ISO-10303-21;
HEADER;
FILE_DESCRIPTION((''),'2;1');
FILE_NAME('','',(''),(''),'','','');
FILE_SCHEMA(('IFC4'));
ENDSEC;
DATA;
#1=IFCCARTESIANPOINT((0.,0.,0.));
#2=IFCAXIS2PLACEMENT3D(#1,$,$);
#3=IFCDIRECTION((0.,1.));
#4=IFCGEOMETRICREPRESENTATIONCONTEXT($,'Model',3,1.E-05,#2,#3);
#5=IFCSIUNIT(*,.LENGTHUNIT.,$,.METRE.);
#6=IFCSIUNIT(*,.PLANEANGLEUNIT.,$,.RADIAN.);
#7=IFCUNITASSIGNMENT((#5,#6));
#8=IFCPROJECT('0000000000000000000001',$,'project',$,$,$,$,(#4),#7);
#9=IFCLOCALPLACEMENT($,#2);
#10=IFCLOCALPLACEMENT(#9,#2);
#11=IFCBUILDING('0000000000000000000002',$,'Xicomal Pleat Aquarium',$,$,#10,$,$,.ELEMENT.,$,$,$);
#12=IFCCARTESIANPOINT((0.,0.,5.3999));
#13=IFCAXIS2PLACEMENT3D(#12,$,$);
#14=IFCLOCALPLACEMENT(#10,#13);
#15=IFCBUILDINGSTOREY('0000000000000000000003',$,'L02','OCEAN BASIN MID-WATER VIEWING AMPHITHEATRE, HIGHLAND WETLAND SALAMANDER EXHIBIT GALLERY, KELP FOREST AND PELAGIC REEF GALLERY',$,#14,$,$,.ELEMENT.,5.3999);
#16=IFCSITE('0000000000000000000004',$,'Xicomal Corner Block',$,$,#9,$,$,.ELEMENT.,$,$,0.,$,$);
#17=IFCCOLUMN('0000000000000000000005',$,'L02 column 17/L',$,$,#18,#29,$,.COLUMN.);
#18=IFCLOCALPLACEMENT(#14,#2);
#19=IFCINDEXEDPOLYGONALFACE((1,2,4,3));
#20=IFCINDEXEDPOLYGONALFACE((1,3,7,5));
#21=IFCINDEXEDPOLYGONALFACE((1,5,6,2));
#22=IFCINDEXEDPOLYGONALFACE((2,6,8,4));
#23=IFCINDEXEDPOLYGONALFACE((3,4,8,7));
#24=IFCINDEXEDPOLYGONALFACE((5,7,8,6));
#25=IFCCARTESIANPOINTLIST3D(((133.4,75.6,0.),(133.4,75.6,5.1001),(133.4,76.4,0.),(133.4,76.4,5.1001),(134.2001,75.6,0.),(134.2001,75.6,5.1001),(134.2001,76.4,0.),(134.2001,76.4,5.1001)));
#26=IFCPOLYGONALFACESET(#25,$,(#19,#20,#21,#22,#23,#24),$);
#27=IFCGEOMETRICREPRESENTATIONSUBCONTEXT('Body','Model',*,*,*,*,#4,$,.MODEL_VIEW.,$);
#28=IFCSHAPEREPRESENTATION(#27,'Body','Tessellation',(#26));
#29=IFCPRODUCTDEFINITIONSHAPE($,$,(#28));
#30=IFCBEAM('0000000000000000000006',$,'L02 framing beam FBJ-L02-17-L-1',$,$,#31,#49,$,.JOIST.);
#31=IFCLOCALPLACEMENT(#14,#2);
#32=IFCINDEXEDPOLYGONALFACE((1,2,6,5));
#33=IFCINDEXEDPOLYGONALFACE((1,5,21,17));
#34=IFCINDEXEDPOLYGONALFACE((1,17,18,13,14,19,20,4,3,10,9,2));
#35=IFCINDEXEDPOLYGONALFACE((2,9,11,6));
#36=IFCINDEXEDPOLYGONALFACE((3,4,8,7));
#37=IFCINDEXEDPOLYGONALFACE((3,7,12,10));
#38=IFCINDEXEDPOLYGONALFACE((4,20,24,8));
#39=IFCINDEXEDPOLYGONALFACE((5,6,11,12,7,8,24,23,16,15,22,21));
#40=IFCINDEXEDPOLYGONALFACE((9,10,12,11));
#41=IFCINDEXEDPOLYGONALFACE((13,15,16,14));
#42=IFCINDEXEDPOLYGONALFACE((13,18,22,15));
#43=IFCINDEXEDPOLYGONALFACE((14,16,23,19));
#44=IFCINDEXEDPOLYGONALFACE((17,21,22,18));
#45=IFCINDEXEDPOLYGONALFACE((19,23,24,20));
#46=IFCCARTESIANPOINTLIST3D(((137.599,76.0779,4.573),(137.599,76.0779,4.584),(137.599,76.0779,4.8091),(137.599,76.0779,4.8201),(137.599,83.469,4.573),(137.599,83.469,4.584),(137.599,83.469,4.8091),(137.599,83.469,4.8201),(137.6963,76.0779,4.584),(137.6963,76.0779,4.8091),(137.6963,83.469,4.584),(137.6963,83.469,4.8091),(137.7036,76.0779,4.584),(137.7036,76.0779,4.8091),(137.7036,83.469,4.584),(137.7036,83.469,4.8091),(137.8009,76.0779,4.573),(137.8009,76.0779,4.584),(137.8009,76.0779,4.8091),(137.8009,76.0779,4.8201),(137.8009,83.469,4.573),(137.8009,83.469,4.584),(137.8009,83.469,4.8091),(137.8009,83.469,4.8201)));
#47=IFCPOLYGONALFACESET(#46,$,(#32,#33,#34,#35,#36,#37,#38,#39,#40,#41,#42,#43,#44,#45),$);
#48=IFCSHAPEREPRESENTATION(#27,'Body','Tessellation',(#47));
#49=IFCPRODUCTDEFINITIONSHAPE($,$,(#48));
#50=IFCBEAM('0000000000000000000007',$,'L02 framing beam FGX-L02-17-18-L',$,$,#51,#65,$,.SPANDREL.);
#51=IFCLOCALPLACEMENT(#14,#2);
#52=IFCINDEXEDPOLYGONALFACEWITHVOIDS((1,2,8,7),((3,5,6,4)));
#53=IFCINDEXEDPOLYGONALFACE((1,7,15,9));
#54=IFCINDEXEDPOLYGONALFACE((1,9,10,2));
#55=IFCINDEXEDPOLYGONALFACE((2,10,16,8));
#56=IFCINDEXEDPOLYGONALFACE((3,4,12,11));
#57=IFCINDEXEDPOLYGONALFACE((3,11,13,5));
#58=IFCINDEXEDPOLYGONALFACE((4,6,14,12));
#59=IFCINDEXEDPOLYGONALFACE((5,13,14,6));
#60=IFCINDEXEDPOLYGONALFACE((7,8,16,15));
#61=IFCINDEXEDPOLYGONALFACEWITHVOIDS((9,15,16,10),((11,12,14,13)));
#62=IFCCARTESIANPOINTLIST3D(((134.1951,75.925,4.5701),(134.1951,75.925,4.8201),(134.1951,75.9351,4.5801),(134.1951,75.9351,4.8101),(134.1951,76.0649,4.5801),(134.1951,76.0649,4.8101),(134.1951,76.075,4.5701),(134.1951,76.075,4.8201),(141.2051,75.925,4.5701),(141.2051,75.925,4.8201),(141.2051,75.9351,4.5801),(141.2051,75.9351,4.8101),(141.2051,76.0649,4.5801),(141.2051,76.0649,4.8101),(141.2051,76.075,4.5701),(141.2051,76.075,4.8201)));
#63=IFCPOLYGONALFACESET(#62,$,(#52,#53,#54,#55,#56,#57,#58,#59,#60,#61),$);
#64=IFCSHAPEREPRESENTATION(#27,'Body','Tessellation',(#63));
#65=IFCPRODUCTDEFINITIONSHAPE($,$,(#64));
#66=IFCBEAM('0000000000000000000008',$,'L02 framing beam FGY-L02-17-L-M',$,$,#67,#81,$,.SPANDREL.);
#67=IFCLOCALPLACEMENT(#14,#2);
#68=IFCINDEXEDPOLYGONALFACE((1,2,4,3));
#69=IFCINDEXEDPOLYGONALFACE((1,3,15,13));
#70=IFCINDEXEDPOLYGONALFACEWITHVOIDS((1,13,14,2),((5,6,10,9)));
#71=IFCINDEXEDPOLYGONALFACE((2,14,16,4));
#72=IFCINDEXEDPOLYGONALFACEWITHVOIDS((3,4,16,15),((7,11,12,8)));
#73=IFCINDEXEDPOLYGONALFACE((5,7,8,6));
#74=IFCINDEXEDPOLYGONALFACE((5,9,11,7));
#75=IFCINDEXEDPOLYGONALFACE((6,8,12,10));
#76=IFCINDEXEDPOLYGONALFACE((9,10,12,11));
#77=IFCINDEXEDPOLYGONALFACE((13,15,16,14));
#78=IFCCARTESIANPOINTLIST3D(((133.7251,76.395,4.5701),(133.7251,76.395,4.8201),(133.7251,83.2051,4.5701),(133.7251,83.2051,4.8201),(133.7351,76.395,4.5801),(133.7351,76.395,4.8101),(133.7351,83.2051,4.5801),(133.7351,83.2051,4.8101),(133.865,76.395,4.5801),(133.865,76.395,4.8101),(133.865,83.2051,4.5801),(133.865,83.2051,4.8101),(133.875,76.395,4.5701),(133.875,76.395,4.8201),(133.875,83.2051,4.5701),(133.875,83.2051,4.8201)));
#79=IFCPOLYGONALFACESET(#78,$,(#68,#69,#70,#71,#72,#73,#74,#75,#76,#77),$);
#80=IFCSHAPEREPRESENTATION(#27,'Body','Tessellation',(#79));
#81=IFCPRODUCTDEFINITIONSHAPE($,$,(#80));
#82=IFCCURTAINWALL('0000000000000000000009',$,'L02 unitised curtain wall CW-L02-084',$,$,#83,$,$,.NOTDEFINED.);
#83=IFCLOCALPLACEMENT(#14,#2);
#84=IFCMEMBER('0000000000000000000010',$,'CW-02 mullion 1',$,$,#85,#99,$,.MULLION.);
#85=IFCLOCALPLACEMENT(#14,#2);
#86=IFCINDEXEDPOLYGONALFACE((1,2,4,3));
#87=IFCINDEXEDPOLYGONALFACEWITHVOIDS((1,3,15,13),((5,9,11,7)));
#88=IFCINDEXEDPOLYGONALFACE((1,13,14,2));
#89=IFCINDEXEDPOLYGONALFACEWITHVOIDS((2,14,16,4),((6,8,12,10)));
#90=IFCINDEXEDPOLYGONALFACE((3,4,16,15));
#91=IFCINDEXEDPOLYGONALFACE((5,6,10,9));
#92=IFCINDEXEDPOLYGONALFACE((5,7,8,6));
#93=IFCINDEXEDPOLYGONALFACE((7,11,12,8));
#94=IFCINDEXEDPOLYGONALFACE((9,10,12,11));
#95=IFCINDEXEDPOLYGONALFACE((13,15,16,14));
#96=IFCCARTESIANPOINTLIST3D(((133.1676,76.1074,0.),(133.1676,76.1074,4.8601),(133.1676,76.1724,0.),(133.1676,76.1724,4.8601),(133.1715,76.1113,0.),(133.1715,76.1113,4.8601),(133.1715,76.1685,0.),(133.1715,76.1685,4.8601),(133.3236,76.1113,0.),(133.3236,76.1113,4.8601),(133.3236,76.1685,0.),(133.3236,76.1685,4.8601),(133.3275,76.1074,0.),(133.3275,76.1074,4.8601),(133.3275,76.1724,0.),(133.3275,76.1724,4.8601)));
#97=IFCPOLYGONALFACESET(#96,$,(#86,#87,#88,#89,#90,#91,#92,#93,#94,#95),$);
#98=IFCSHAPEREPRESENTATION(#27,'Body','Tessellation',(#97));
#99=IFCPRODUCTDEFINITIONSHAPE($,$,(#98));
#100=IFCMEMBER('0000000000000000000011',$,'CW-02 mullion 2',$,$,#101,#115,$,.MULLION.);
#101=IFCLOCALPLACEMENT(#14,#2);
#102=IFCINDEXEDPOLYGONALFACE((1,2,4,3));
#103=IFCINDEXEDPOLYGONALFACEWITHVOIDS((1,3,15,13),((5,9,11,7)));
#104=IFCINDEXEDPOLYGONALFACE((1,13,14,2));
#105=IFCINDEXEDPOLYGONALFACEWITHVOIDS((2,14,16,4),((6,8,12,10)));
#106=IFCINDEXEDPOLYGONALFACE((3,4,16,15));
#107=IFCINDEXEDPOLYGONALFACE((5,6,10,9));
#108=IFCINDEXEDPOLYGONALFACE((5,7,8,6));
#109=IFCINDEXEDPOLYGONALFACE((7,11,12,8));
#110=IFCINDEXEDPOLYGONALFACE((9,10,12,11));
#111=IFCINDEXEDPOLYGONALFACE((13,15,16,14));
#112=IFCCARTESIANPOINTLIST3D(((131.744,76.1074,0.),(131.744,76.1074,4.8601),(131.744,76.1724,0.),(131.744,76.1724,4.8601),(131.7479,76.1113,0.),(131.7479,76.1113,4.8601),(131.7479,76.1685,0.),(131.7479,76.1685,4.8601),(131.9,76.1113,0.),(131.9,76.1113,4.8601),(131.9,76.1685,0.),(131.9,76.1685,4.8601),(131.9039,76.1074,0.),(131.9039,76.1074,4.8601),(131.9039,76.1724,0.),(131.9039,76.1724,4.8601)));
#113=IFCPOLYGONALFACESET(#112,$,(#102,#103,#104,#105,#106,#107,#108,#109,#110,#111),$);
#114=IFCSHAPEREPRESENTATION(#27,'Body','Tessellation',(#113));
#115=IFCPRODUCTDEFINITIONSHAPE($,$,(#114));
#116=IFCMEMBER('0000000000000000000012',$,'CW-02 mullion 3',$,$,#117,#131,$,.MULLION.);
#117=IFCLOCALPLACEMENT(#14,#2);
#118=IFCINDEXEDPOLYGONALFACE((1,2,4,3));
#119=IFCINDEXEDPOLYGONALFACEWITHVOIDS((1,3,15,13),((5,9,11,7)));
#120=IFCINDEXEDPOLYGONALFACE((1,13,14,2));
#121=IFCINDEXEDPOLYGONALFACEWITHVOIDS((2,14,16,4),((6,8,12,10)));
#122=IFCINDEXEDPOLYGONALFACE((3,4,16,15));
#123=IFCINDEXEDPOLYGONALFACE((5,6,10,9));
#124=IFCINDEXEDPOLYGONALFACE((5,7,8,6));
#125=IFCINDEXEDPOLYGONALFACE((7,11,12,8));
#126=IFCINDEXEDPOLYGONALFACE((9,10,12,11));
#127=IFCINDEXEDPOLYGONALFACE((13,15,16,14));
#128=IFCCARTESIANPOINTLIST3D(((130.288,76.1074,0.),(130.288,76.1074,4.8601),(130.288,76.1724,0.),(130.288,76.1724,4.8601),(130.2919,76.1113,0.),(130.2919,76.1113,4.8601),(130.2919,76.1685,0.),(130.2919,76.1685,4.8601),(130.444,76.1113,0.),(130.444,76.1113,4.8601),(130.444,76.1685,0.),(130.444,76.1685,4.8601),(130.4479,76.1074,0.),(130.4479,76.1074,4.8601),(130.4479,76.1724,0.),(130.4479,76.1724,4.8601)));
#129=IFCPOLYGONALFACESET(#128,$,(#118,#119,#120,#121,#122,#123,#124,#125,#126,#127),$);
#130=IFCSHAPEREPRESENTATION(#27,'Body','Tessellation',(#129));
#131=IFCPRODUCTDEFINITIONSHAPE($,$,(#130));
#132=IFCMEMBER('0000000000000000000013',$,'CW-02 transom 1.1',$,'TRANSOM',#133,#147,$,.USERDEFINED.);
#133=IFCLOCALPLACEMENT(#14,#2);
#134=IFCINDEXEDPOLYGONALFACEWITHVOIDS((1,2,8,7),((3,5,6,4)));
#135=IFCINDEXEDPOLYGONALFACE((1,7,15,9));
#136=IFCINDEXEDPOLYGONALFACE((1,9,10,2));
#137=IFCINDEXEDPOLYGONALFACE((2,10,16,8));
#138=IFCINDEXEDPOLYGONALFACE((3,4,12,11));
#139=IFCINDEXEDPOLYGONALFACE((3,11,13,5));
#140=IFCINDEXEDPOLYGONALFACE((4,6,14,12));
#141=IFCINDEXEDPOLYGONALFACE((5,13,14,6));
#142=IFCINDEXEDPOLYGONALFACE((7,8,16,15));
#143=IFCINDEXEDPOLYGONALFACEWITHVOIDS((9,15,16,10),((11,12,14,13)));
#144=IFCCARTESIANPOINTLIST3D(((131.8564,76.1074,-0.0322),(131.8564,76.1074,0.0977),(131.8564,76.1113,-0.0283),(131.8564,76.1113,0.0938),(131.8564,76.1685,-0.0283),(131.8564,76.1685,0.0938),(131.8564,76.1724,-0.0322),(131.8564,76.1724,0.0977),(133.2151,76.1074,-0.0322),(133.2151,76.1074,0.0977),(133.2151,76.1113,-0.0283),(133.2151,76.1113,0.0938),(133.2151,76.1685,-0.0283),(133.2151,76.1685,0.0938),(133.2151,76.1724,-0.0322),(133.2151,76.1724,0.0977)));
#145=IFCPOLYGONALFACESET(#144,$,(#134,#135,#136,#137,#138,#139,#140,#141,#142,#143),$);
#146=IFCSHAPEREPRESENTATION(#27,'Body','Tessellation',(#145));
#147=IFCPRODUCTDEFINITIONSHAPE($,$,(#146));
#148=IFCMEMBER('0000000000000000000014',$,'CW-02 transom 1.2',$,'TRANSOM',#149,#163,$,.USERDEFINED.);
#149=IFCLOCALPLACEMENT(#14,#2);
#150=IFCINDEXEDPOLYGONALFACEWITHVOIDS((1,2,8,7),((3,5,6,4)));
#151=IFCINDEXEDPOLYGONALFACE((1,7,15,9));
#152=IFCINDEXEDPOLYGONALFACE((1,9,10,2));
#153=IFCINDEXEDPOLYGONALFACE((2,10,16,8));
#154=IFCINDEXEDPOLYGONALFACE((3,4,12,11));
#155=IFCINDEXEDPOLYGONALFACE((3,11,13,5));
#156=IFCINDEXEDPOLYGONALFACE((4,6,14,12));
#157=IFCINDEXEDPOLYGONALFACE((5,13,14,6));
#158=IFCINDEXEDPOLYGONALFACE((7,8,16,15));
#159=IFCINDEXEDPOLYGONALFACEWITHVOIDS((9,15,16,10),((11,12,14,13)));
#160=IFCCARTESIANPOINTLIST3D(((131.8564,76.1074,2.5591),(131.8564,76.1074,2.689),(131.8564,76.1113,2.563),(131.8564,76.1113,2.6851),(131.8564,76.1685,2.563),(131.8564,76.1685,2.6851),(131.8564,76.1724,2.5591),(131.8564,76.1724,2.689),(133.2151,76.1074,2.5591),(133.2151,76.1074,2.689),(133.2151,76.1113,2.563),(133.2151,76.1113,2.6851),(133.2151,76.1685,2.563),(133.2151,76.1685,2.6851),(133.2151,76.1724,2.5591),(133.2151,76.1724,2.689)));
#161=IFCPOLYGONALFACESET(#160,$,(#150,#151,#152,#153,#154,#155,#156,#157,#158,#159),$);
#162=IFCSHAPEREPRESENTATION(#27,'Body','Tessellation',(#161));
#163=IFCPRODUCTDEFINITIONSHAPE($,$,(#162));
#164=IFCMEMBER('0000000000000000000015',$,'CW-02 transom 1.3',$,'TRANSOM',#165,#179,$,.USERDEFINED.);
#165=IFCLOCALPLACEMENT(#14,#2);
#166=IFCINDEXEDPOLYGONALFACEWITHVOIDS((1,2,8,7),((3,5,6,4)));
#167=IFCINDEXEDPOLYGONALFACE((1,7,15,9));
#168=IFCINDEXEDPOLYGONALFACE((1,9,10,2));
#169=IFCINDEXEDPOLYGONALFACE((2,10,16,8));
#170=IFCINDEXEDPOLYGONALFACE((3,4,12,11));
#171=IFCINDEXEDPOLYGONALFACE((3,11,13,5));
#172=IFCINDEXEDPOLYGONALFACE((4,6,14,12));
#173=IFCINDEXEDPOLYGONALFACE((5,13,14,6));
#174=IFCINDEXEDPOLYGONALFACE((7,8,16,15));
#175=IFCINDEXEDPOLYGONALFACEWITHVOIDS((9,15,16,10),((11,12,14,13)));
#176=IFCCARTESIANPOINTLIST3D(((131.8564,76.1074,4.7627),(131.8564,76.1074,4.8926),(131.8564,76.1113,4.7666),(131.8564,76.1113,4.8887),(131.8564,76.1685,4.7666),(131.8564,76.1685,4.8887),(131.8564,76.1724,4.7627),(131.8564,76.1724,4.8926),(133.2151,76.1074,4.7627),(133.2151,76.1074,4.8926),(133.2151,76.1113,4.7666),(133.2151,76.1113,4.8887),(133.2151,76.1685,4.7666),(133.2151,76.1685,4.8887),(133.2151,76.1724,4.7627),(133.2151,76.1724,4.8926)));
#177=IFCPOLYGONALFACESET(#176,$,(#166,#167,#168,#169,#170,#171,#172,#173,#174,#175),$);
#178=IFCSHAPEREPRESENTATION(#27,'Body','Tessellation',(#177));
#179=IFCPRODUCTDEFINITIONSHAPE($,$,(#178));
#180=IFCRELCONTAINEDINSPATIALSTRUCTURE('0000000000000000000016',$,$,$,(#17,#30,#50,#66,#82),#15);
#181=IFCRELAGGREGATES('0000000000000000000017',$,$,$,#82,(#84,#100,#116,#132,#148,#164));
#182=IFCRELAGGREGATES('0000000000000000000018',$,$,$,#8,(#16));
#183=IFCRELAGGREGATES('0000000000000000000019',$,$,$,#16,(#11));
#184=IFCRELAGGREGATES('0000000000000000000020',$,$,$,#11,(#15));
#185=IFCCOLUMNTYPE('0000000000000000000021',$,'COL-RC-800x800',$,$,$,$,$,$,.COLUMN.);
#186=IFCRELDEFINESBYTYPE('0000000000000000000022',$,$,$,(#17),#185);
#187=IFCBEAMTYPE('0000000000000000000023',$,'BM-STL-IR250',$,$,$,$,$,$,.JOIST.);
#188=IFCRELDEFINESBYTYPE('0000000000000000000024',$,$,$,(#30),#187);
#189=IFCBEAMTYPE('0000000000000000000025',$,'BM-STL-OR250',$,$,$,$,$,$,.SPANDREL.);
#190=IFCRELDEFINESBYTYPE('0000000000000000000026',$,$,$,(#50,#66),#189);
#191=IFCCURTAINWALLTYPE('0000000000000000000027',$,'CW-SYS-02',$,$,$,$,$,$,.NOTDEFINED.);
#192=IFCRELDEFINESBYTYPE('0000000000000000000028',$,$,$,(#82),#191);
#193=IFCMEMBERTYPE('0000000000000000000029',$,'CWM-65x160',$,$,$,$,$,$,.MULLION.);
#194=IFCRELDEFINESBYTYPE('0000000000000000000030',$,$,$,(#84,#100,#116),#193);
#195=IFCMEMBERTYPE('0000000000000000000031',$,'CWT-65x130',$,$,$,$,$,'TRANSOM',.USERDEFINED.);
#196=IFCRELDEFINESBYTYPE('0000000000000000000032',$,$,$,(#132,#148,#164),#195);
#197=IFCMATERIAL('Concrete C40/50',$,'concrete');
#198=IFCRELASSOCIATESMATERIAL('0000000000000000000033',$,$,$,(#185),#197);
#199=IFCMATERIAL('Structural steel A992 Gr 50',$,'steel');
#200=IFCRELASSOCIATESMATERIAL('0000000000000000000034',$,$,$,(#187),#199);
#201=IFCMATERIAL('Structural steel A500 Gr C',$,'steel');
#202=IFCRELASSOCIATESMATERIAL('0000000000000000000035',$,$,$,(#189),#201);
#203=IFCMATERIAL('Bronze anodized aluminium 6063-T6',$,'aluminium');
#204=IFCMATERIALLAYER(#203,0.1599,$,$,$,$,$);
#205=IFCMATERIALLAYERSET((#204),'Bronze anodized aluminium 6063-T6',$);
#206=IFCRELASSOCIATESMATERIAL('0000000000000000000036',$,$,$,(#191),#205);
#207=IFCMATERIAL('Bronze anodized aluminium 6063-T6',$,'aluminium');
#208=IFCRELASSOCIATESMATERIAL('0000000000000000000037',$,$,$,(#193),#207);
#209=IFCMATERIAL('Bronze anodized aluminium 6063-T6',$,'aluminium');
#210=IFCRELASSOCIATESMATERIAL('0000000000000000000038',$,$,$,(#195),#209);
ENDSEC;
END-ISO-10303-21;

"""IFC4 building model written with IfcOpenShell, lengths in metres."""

from ifc_helpers import new_model, si_unit, direction, frame, origin, origin_2d, place, context, subcontext, project, spatial, rectangle, hollow_rectangle, i_section, extrude, material, layer, layer_set, material_profile, profile_set, type_object, element, aggregate, save


model = new_model("IFC4")

# Units and contexts
model_context = context("Model", 3, precision=1e-05, world=origin(), true_north=direction((0.0, 1.0)))
body_context = subcontext(model_context, "Body", "Model", "MODEL_VIEW")
ifc_project = project(units=[si_unit("LENGTHUNIT", "METRE"), si_unit("PLANEANGLEUNIT", "RADIAN")], contexts=[model_context])

# Site, building, storey
site_placement = place(None, origin())
site = spatial("IfcSite", under=ifc_project, at=site_placement, Name="Xicomal Corner Block", CompositionType="ELEMENT", RefElevation=0.0)
building_placement = place(site_placement, origin())
building = spatial("IfcBuilding", under=site, at=building_placement, Name="Xicomal Pleat Aquarium", CompositionType="ELEMENT")
storey_placement = place(building_placement, frame((0.0, 0.0, 5.3999)))
storey = spatial("IfcBuildingStorey", under=building, at=storey_placement, Name="L02", Description="OCEAN BASIN MID-WATER VIEWING AMPHITHEATRE, HIGHLAND WETLAND SALAMANDER EXHIBIT GALLERY, KELP FOREST AND PELAGIC REEF GALLERY", CompositionType="ELEMENT", Elevation=5.3999)

# Column
ifc_material_1 = material(Name="Concrete C40/50", Category="concrete")
ifc_material_profile_1 = material_profile(ifc_material_1, rectangle(XDim=0.8, YDim=0.8, at=origin_2d()), Name="RC 800x800")
ifc_profile_set_1 = profile_set([ifc_material_profile_1], Name="Concrete C40/50")
column_type = type_object("IfcColumnType", Name="COL-RC-800x800", PredefinedType="COLUMN", material=ifc_profile_set_1)
column_placement = place(storey_placement, frame((133.8, 76.0, 0.0), z_axis=(0.0, 0.0, 1.0), x_axis=(1.0, 0.0, 0.0)))
element("IfcColumn", 1, at=column_placement, inside=storey, type_object=column_type, Name="L02 column 17/L", PredefinedType="COLUMN", context=body_context, shape_type="SweptSolid", body=[
    extrude(rectangle(XDim=0.8, YDim=0.8, at=origin_2d()), origin(), (0.0, 0.0, 1.0), 5.1001),
])

# Beams
ifc_material_2 = material(Name="Structural steel A992 Gr 50", Category="steel")
ifc_material_profile_2 = material_profile(ifc_material_2, i_section(OverallWidth=0.2019, OverallDepth=0.2471, WebThickness=0.0073, FlangeThickness=0.011, at=origin_2d()), Name="IR 250x49")
ifc_profile_set_2 = profile_set([ifc_material_profile_2], Name="Structural steel A992 Gr 50")
beam_type_1 = type_object("IfcBeamType", Name="BM-STL-IR250", PredefinedType="JOIST", material=ifc_profile_set_2)
beam_1_placement = place(storey_placement, frame((137.7, 76.0779, 4.6965), z_axis=(0.0, 1.0, 0.0), x_axis=(-1.0, 0.0, 0.0)))
element("IfcBeam", 2, at=beam_1_placement, inside=storey, type_object=beam_type_1, Name="L02 framing beam FBJ-L02-17-L-1", PredefinedType="JOIST", context=body_context, shape_type="SweptSolid", body=[
    extrude(i_section(OverallWidth=0.2019, OverallDepth=0.2471, WebThickness=0.0073, FlangeThickness=0.011, at=origin_2d()), origin(), (0.0, 0.0, 1.0), 7.3911),
])
ifc_material_3 = material(Name="Structural steel A500 Gr C", Category="steel")
ifc_material_profile_3 = material_profile(ifc_material_3, hollow_rectangle(XDim=0.1499, YDim=0.25, WallThickness=0.01, at=origin_2d()), Name="OR 250x150x10")
ifc_profile_set_3 = profile_set([ifc_material_profile_3], Name="Structural steel A500 Gr C")
beam_type_2 = type_object("IfcBeamType", Name="BM-STL-OR250", PredefinedType="SPANDREL", material=ifc_profile_set_3)
beam_2_placement = place(storey_placement, frame((134.1951, 76.0, 4.6951), z_axis=(1.0, 0.0, 0.0), x_axis=(0.0, 1.0, 0.0)))
element("IfcBeam", 3, at=beam_2_placement, inside=storey, type_object=beam_type_2, Name="L02 framing beam FGX-L02-17-18-L", PredefinedType="SPANDREL", context=body_context, shape_type="SweptSolid", body=[
    extrude(hollow_rectangle(XDim=0.1499, YDim=0.25, WallThickness=0.01, at=origin_2d()), origin(), (0.0, 0.0, 1.0), 7.01),
])
beam_3_placement = place(storey_placement, frame((133.8, 76.395, 4.6951), z_axis=(0.0, 1.0, 0.0), x_axis=(-1.0, 0.0, 0.0)))
element("IfcBeam", 4, at=beam_3_placement, inside=storey, type_object=beam_type_2, Name="L02 framing beam FGY-L02-17-L-M", PredefinedType="SPANDREL", context=body_context, shape_type="SweptSolid", body=[
    extrude(hollow_rectangle(XDim=0.1499, YDim=0.25, WallThickness=0.01, at=origin_2d()), origin(), (0.0, 0.0, 1.0), 6.8101),
])

# Curtain wall, members
ifc_material_4 = material(Name="Bronze anodized aluminium 6063-T6", Category="aluminium")
ifc_layer_1 = layer(ifc_material_4, 0.1599)
ifc_layer_set_1 = layer_set([ifc_layer_1], Name="Bronze anodized aluminium 6063-T6")
curtain_wall_type = type_object("IfcCurtainWallType", Name="CW-SYS-02", PredefinedType="NOTDEFINED", material=ifc_layer_set_1)
curtain_wall_placement = place(storey_placement, origin())
curtain_wall = element("IfcCurtainWall", 5, at=curtain_wall_placement, inside=storey, type_object=curtain_wall_type, Name="L02 unitised curtain wall CW-L02-084", PredefinedType="NOTDEFINED")
ifc_material_5 = material(Name="Bronze anodized aluminium 6063-T6", Category="aluminium")
ifc_material_profile_4 = material_profile(ifc_material_5, hollow_rectangle(XDim=0.0649, YDim=0.1599, WallThickness=0.0039, at=origin_2d()), Name="ALU MULL 65x160")
ifc_profile_set_4 = profile_set([ifc_material_profile_4], Name="Bronze anodized aluminium 6063-T6")
member_type_1 = type_object("IfcMemberType", Name="CWM-65x160", PredefinedType="MULLION", material=ifc_profile_set_4)
member_1_placement = place(storey_placement, frame((133.2476, 76.1399, 0.0), z_axis=(0.0, 0.0, 1.0), x_axis=(0.0, -1.0, 0.0)))
member_1 = element("IfcMember", 6, at=member_1_placement, type_object=member_type_1, Name="CW-02 mullion 1", PredefinedType="MULLION", context=body_context, shape_type="SweptSolid", body=[
    extrude(hollow_rectangle(XDim=0.0649, YDim=0.1599, WallThickness=0.0039, at=origin_2d()), origin(), (0.0, 0.0, 1.0), 4.8601),
])
member_2_placement = place(storey_placement, frame((131.824, 76.1399, 0.0), z_axis=(0.0, 0.0, 1.0), x_axis=(0.0, -1.0, 0.0)))
member_2 = element("IfcMember", 7, at=member_2_placement, type_object=member_type_1, Name="CW-02 mullion 2", PredefinedType="MULLION", context=body_context, shape_type="SweptSolid", body=[
    extrude(hollow_rectangle(XDim=0.0649, YDim=0.1599, WallThickness=0.0039, at=origin_2d()), origin(), (0.0, 0.0, 1.0), 4.8601),
])
member_3_placement = place(storey_placement, frame((130.3679, 76.1399, 0.0), z_axis=(0.0, 0.0, 1.0), x_axis=(0.0, -1.0, 0.0)))
member_3 = element("IfcMember", 8, at=member_3_placement, type_object=member_type_1, Name="CW-02 mullion 3", PredefinedType="MULLION", context=body_context, shape_type="SweptSolid", body=[
    extrude(hollow_rectangle(XDim=0.0649, YDim=0.1599, WallThickness=0.0039, at=origin_2d()), origin(), (0.0, 0.0, 1.0), 4.8601),
])
ifc_material_6 = material(Name="Bronze anodized aluminium 6063-T6", Category="aluminium")
ifc_material_profile_5 = material_profile(ifc_material_6, hollow_rectangle(XDim=0.0649, YDim=0.1299, WallThickness=0.0039, at=origin_2d()), Name="ALU TRAN 65x130")
ifc_profile_set_5 = profile_set([ifc_material_profile_5], Name="Bronze anodized aluminium 6063-T6")
member_type_2 = type_object("IfcMemberType", Name="CWT-65x130", ElementType="TRANSOM", PredefinedType="USERDEFINED", material=ifc_profile_set_5)
member_4_placement = place(storey_placement, frame((133.2151, 76.1399, 0.0327), z_axis=(-1.0, 0.0, 0.0), x_axis=(0.0, -1.0, 0.0)))
member_4 = element("IfcMember", 9, at=member_4_placement, type_object=member_type_2, Name="CW-02 transom 1.1", ObjectType="TRANSOM", PredefinedType="USERDEFINED", context=body_context, shape_type="SweptSolid", body=[
    extrude(hollow_rectangle(XDim=0.0649, YDim=0.1299, WallThickness=0.0039, at=origin_2d()), origin(), (0.0, 0.0, 1.0), 1.3586),
])
member_5_placement = place(storey_placement, frame((133.2151, 76.1399, 2.624), z_axis=(-1.0, 0.0, 0.0), x_axis=(0.0, -1.0, 0.0)))
member_5 = element("IfcMember", 10, at=member_5_placement, type_object=member_type_2, Name="CW-02 transom 1.2", ObjectType="TRANSOM", PredefinedType="USERDEFINED", context=body_context, shape_type="SweptSolid", body=[
    extrude(hollow_rectangle(XDim=0.0649, YDim=0.1299, WallThickness=0.0039, at=origin_2d()), origin(), (0.0, 0.0, 1.0), 1.3586),
])
member_6_placement = place(storey_placement, frame((133.2151, 76.1399, 4.8276), z_axis=(-1.0, 0.0, 0.0), x_axis=(0.0, -1.0, 0.0)))
member_6 = element("IfcMember", 11, at=member_6_placement, type_object=member_type_2, Name="CW-02 transom 1.3", ObjectType="TRANSOM", PredefinedType="USERDEFINED", context=body_context, shape_type="SweptSolid", body=[
    extrude(hollow_rectangle(XDim=0.0649, YDim=0.1299, WallThickness=0.0039, at=origin_2d()), origin(), (0.0, 0.0, 1.0), 1.3586),
])
aggregate(curtain_wall, [member_1, member_2, member_3, member_4, member_5, member_6])

save(model, "model.ifc")
